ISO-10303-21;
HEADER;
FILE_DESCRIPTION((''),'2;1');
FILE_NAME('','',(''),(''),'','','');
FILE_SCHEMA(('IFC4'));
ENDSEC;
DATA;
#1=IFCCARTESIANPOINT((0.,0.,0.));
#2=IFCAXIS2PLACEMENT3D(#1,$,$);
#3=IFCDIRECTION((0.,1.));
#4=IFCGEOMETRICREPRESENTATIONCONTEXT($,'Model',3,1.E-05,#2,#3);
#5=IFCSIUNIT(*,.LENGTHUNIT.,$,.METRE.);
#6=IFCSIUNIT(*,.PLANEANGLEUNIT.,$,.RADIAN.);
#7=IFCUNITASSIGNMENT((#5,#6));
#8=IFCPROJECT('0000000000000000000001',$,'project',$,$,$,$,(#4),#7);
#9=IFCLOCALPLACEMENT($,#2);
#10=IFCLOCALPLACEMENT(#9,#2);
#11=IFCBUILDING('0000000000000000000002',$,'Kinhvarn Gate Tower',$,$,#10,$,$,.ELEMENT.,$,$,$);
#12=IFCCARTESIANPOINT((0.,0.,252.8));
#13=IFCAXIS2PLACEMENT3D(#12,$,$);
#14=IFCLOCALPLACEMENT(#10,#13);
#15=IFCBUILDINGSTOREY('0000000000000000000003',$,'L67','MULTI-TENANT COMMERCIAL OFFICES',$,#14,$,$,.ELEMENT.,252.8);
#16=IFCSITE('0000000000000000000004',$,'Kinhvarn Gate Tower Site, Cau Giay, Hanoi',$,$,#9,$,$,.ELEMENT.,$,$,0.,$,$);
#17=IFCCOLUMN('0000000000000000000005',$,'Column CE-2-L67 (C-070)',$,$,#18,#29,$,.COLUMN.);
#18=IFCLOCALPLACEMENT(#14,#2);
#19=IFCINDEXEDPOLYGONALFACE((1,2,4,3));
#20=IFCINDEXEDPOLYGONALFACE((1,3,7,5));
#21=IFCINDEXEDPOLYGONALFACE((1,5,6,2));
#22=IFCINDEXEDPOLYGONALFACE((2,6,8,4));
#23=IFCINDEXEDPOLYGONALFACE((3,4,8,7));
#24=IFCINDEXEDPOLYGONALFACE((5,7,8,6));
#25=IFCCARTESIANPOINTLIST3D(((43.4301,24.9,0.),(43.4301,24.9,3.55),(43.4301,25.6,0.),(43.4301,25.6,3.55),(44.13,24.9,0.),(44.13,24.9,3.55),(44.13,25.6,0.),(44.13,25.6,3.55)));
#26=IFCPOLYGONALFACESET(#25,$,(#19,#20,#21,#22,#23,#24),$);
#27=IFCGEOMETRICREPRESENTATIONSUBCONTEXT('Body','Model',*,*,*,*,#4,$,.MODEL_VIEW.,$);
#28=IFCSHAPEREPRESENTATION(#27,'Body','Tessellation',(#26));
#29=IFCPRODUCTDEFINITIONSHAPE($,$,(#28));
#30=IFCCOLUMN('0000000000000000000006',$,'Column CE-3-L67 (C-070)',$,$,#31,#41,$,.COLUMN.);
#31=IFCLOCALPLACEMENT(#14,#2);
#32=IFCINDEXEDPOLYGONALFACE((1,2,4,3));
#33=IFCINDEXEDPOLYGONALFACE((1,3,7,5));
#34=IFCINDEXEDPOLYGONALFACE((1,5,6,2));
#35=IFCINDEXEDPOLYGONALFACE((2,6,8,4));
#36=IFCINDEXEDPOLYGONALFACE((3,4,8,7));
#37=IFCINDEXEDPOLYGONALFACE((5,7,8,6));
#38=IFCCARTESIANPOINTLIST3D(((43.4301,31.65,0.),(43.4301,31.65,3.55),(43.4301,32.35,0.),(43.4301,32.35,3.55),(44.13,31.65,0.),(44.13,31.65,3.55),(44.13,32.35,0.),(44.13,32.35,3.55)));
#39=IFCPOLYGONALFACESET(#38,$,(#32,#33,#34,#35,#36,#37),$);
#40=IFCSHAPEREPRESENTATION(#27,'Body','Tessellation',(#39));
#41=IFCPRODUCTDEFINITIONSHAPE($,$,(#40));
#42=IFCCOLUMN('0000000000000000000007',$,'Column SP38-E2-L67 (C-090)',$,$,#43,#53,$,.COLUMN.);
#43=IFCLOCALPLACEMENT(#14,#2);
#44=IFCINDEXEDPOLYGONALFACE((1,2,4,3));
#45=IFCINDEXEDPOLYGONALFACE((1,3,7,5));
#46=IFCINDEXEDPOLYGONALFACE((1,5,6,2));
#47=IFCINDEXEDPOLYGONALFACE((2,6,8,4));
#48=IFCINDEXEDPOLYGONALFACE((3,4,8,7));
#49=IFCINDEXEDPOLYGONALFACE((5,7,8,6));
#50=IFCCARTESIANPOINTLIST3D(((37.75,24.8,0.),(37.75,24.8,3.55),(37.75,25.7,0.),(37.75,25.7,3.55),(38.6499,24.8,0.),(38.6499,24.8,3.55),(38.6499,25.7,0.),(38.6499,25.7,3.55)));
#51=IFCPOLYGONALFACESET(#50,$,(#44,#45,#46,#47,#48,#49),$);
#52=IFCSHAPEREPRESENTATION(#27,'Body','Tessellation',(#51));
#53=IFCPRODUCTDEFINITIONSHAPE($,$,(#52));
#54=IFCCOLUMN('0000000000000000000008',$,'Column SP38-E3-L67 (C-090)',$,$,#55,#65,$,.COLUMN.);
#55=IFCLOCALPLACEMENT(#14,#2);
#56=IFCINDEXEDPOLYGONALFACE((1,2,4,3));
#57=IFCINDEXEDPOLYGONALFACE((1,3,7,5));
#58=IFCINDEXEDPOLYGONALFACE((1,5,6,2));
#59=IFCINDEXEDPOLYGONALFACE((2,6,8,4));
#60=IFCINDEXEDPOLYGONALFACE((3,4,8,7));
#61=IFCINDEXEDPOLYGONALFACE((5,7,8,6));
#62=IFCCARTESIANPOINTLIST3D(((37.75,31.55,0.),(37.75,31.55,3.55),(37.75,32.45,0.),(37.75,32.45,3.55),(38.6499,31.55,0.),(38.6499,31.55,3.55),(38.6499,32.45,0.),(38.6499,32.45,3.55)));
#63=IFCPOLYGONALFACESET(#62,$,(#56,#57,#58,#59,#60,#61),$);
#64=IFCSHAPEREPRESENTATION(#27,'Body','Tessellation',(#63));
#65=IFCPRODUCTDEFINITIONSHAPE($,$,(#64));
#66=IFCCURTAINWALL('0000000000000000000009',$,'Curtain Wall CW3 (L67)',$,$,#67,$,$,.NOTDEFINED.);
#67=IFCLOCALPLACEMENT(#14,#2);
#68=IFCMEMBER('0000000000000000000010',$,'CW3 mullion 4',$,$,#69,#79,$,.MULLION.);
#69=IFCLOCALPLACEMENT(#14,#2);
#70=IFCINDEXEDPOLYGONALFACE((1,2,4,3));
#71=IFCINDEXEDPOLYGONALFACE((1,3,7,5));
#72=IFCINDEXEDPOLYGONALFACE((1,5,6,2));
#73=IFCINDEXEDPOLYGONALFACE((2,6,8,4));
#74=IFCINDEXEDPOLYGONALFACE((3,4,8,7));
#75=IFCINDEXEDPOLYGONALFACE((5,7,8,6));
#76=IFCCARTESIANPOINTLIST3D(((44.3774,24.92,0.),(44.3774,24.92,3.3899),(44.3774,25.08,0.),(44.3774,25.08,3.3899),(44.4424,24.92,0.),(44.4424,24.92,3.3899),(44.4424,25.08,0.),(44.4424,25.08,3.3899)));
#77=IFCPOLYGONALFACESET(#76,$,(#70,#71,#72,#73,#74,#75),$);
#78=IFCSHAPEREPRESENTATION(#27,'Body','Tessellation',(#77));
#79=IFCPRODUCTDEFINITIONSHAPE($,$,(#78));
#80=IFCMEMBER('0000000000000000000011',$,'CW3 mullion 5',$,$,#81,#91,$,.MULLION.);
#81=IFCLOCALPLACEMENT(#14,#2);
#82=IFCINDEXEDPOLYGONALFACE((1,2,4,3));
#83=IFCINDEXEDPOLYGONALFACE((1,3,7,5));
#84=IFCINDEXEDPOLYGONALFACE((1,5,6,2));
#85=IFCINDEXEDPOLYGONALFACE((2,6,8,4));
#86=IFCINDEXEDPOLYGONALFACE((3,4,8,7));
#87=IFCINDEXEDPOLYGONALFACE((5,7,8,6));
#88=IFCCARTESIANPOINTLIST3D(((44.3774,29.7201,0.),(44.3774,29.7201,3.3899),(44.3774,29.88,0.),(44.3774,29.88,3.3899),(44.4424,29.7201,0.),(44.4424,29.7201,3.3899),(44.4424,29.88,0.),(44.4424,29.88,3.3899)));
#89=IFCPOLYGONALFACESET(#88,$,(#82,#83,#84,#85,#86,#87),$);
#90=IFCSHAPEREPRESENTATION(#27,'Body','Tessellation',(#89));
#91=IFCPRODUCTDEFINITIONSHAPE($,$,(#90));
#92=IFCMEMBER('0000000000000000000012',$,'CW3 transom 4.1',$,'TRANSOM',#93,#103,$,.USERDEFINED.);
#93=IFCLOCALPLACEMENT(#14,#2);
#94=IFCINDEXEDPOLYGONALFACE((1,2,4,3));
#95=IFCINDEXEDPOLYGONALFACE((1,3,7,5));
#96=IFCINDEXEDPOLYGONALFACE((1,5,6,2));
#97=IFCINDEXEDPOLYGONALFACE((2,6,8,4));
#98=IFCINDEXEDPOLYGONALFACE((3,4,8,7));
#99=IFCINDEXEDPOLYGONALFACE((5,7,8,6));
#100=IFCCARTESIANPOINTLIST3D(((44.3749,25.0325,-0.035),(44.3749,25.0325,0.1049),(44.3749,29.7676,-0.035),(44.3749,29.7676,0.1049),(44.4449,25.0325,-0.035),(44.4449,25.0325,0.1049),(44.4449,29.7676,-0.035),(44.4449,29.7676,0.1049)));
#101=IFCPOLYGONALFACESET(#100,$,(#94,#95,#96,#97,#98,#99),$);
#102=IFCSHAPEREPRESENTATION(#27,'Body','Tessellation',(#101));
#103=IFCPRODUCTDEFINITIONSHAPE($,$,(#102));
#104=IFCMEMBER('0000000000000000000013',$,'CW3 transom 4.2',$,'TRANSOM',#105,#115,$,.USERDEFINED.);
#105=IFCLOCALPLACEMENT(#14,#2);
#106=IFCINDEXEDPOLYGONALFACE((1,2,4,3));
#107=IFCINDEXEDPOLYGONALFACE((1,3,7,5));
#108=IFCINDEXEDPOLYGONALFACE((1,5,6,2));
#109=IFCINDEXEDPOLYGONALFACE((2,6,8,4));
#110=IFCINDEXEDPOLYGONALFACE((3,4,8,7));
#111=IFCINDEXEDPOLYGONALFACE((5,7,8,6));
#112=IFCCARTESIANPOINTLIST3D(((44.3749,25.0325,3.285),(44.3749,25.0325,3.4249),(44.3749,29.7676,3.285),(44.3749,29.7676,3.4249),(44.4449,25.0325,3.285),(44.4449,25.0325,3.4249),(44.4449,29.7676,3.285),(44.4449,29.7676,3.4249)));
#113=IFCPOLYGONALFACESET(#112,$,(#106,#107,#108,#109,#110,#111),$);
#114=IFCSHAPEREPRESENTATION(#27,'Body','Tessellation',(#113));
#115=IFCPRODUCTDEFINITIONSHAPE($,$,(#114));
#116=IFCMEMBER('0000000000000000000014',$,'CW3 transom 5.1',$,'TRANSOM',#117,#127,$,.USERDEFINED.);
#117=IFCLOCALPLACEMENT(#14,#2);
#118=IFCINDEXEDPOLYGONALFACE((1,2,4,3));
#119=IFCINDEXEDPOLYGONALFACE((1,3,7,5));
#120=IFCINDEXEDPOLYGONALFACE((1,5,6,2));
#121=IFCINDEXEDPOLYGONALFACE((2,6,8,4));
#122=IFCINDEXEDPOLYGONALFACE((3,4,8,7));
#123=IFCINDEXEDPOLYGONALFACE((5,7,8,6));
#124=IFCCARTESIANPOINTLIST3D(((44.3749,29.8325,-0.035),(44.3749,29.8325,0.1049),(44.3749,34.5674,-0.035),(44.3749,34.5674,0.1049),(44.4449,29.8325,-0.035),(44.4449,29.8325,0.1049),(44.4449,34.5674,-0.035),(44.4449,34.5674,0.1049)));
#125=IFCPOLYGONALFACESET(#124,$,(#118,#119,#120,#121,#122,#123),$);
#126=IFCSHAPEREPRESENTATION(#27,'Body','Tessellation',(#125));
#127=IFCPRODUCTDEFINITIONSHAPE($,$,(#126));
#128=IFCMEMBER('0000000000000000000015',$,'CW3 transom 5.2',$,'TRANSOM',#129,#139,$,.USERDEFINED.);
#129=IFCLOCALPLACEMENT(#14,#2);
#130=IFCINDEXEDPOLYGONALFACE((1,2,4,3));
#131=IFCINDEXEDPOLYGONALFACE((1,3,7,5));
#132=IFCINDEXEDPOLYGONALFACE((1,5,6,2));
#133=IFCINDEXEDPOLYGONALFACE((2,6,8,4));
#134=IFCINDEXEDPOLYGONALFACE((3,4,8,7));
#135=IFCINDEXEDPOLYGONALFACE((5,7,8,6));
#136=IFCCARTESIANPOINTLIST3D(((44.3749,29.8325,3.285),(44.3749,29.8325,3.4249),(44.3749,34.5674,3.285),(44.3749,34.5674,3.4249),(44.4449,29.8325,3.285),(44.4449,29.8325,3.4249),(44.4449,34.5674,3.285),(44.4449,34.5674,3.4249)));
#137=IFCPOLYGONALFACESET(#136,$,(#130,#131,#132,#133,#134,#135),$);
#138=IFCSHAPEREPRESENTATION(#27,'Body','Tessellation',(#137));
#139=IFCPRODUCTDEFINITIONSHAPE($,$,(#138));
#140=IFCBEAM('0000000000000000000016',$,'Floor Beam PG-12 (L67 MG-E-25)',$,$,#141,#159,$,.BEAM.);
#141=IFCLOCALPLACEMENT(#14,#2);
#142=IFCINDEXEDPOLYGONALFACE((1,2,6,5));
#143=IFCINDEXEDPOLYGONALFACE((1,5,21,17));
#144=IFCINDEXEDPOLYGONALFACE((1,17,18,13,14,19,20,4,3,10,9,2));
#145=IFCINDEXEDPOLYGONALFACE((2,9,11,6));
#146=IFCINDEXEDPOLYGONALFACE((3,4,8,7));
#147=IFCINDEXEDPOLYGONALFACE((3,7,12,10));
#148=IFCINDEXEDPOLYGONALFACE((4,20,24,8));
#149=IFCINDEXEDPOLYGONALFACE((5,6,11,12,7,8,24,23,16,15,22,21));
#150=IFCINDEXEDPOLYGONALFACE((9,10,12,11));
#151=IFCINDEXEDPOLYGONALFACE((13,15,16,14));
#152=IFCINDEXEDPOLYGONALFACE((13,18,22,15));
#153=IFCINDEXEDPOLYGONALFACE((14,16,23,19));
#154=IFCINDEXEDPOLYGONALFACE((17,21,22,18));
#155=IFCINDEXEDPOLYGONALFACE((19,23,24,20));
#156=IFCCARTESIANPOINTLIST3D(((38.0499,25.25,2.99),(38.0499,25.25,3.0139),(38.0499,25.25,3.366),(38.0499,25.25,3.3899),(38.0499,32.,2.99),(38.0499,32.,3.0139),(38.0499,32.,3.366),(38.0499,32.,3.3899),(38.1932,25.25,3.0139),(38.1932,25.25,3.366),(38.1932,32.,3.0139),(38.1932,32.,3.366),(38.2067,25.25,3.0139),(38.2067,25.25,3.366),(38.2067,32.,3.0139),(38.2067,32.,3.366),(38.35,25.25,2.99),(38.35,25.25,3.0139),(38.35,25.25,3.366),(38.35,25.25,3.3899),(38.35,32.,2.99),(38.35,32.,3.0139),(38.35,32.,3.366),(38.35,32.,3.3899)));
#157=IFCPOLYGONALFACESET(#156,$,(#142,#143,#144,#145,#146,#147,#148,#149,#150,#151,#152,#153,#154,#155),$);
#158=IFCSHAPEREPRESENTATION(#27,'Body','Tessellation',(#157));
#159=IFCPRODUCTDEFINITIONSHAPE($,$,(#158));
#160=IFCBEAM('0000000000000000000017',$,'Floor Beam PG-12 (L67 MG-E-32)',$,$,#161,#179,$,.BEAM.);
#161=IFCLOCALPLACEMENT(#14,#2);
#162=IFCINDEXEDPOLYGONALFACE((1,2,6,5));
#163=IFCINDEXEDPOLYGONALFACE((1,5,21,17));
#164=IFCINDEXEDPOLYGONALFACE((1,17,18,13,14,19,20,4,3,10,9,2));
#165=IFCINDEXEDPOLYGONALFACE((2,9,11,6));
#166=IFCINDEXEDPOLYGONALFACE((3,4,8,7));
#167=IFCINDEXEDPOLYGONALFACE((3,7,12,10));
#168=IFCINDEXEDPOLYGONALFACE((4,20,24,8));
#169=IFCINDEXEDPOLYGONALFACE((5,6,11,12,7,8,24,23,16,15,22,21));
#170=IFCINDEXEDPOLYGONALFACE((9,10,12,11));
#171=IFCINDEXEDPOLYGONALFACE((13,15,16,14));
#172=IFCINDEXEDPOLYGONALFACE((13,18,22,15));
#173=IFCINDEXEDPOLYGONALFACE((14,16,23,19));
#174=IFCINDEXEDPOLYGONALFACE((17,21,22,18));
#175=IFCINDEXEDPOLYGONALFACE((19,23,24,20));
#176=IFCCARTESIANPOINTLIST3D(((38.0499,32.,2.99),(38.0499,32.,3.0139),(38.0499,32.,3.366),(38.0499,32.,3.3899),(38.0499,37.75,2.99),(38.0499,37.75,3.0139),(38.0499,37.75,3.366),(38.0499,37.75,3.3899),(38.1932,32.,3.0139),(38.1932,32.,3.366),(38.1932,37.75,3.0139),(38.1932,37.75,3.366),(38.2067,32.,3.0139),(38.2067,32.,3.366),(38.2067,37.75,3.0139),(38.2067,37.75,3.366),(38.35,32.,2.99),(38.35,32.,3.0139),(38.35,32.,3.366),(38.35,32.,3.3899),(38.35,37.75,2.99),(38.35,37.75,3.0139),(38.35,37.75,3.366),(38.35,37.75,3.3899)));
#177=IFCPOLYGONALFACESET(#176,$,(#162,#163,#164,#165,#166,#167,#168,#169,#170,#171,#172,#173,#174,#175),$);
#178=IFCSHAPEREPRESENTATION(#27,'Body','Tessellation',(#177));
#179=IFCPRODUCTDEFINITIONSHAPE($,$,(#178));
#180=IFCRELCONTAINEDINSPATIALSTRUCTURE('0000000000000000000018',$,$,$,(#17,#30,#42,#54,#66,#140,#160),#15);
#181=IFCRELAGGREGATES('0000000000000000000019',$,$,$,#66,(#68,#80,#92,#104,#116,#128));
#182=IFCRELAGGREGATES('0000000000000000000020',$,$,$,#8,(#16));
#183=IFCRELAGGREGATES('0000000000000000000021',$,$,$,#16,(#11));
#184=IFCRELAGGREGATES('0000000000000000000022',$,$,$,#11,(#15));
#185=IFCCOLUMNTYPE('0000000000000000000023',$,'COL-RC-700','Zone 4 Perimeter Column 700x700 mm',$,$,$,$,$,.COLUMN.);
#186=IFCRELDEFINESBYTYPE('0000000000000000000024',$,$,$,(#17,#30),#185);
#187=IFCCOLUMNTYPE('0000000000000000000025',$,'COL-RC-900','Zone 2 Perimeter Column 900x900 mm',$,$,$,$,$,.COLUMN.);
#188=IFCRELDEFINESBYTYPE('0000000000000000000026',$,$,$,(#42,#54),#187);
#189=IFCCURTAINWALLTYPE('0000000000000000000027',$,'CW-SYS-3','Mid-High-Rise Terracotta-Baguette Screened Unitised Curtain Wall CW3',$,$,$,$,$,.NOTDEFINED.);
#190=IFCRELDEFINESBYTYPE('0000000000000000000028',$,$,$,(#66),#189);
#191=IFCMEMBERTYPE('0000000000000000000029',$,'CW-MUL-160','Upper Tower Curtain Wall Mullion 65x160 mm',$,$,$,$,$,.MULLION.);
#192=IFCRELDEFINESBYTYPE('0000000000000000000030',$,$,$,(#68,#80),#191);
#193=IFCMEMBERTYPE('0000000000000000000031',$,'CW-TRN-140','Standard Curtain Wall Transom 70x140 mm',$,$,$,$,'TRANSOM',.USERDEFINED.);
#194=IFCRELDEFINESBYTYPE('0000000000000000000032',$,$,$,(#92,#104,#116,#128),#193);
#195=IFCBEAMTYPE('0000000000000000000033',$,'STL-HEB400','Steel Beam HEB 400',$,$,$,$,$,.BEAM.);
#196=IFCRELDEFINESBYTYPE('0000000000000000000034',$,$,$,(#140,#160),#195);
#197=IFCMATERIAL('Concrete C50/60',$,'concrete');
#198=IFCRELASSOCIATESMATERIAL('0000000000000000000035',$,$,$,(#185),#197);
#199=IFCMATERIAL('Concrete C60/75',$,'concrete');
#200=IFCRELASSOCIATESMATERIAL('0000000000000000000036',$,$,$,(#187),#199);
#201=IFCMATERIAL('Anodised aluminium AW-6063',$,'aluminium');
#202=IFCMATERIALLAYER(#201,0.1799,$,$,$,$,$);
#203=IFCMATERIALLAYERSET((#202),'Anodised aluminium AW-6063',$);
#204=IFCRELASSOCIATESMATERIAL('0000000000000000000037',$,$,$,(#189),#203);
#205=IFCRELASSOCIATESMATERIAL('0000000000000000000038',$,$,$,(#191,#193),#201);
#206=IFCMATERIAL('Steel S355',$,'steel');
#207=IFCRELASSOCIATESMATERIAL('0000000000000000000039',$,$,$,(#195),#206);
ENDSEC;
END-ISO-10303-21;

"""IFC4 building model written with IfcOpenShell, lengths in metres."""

from ifc_helpers import new_model, si_unit, direction, frame, origin, origin_2d, place, context, subcontext, project, spatial, rectangle, i_section, extrude, material, layer, layer_set, material_profile, profile_set, type_object, element, aggregate, save


model = new_model("IFC4")

# Units and contexts
model_context = context("Model", 3, precision=1e-05, world=origin(), true_north=direction((0.0, 1.0)))
body_context = subcontext(model_context, "Body", "Model", "MODEL_VIEW")
ifc_project = project(units=[si_unit("LENGTHUNIT", "METRE"), si_unit("PLANEANGLEUNIT", "RADIAN")], contexts=[model_context])

# Site, building, storey
site_placement = place(None, origin())
site = spatial("IfcSite", under=ifc_project, at=site_placement, Name="Kinhvarn Gate Tower Site, Cau Giay, Hanoi", CompositionType="ELEMENT", RefElevation=0.0)
building_placement = place(site_placement, origin())
building = spatial("IfcBuilding", under=site, at=building_placement, Name="Kinhvarn Gate Tower", CompositionType="ELEMENT")
storey_placement = place(building_placement, frame((0.0, 0.0, 252.8)))
storey = spatial("IfcBuildingStorey", under=building, at=storey_placement, Name="L67", Description="MULTI-TENANT COMMERCIAL OFFICES", CompositionType="ELEMENT", Elevation=252.8)

# Columns
ifc_material_1 = material(Name="Concrete C50/60", Category="concrete")
ifc_material_profile_1 = material_profile(ifc_material_1, rectangle(XDim=0.7, YDim=0.7, at=origin_2d()), Name="RC 700x700")
ifc_profile_set_1 = profile_set([ifc_material_profile_1], Name="Concrete C50/60")
column_type_1 = type_object("IfcColumnType", Name="COL-RC-700", Description="Zone 4 Perimeter Column 700x700 mm", PredefinedType="COLUMN", material=ifc_profile_set_1)
for number, where, z_axis, x_axis, name in (
    (1, (43.78, 25.25, 0.0), (0.0, 0.0, 1.0), (1.0, 0.0, 0.0), "Column CE-2-L67 (C-070)"),
    (2, (43.78, 32.0, 0.0), (0.0, 0.0, 1.0), (1.0, 0.0, 0.0), "Column CE-3-L67 (C-070)"),
):
    element("IfcColumn", number, at=place(storey_placement, frame(where, z_axis=z_axis, x_axis=x_axis)), inside=storey, type_object=column_type_1, Name=name, PredefinedType="COLUMN", context=body_context, shape_type="SweptSolid", body=[
        extrude(rectangle(XDim=0.7, YDim=0.7, at=origin_2d()), origin(), (0.0, 0.0, 1.0), 3.55),
    ])
ifc_material_2 = material(Name="Concrete C60/75", Category="concrete")
ifc_material_profile_2 = material_profile(ifc_material_2, rectangle(XDim=0.8999, YDim=0.8999, at=origin_2d()), Name="RC 900x900")
ifc_profile_set_2 = profile_set([ifc_material_profile_2], Name="Concrete C60/75")
column_type_2 = type_object("IfcColumnType", Name="COL-RC-900", Description="Zone 2 Perimeter Column 900x900 mm", PredefinedType="COLUMN", material=ifc_profile_set_2)
for number, where, z_axis, x_axis, name in (
    (3, (38.2, 25.25, 0.0), (0.0, 0.0, 1.0), (1.0, 0.0, 0.0), "Column SP38-E2-L67 (C-090)"),
    (4, (38.2, 32.0, 0.0), (0.0, 0.0, 1.0), (1.0, 0.0, 0.0), "Column SP38-E3-L67 (C-090)"),
):
    element("IfcColumn", number, at=place(storey_placement, frame(where, z_axis=z_axis, x_axis=x_axis)), inside=storey, type_object=column_type_2, Name=name, PredefinedType="COLUMN", context=body_context, shape_type="SweptSolid", body=[
        extrude(rectangle(XDim=0.8999, YDim=0.8999, at=origin_2d()), origin(), (0.0, 0.0, 1.0), 3.55),
    ])

# Curtain wall, members
ifc_material_3 = material(Name="Anodised aluminium AW-6063", Category="aluminium")
ifc_layer_1 = layer(ifc_material_3, 0.1799)
ifc_layer_set_1 = layer_set([ifc_layer_1], Name="Anodised aluminium AW-6063")
curtain_wall_type = type_object("IfcCurtainWallType", Name="CW-SYS-3", Description="Mid-High-Rise Terracotta-Baguette Screened Unitised Curtain Wall CW3", PredefinedType="NOTDEFINED", material=ifc_layer_set_1)
curtain_wall_placement = place(storey_placement, origin())
curtain_wall = element("IfcCurtainWall", 5, at=curtain_wall_placement, inside=storey, type_object=curtain_wall_type, Name="Curtain Wall CW3 (L67)", PredefinedType="NOTDEFINED")
ifc_material_profile_3 = material_profile(ifc_material_3, rectangle(XDim=0.0649, YDim=0.1599, at=origin_2d()), Name="ALU 65x160")
ifc_profile_set_3 = profile_set([ifc_material_profile_3], Name="Anodised aluminium AW-6063")
member_type_1 = type_object("IfcMemberType", Name="CW-MUL-160", Description="Upper Tower Curtain Wall Mullion 65x160 mm", PredefinedType="MULLION", material=ifc_profile_set_3)
member_1_placement = place(storey_placement, frame((44.4099, 25.0, 0.0), z_axis=(0.0, 0.0, 1.0), x_axis=(-1.0, 0.0, 0.0)))
member_1 = element("IfcMember", 6, at=member_1_placement, type_object=member_type_1, Name="CW3 mullion 4", PredefinedType="MULLION", context=body_context, shape_type="SweptSolid", body=[
    extrude(rectangle(XDim=0.0649, YDim=0.1599, at=origin_2d()), origin(), (0.0, 0.0, 1.0), 3.3899),
])
member_2_placement = place(storey_placement, frame((44.4099, 29.8, 0.0), z_axis=(0.0, 0.0, 1.0), x_axis=(-1.0, 0.0, 0.0)))
member_2 = element("IfcMember", 7, at=member_2_placement, type_object=member_type_1, Name="CW3 mullion 5", PredefinedType="MULLION", context=body_context, shape_type="SweptSolid", body=[
    extrude(rectangle(XDim=0.0649, YDim=0.1599, at=origin_2d()), origin(), (0.0, 0.0, 1.0), 3.3899),
])
ifc_material_profile_4 = material_profile(ifc_material_3, rectangle(XDim=0.0701, YDim=0.1399, at=origin_2d()), Name="ALU 70x140")
ifc_profile_set_4 = profile_set([ifc_material_profile_4], Name="Anodised aluminium AW-6063")
member_type_2 = type_object("IfcMemberType", Name="CW-TRN-140", Description="Standard Curtain Wall Transom 70x140 mm", ElementType="TRANSOM", PredefinedType="USERDEFINED", material=ifc_profile_set_4)
member_3_placement = place(storey_placement, frame((44.4099, 25.0325, 0.0349), z_axis=(0.0, 1.0, 0.0), x_axis=(-1.0, 0.0, 0.0)))
member_3 = element("IfcMember", 8, at=member_3_placement, type_object=member_type_2, Name="CW3 transom 4.1", ObjectType="TRANSOM", PredefinedType="USERDEFINED", context=body_context, shape_type="SweptSolid", body=[
    extrude(rectangle(XDim=0.0701, YDim=0.1399, at=origin_2d()), origin(), (0.0, 0.0, 1.0), 4.7351),
])
member_4_placement = place(storey_placement, frame((44.4099, 25.0325, 3.355), z_axis=(0.0, 1.0, 0.0), x_axis=(-1.0, 0.0, 0.0)))
member_4 = element("IfcMember", 9, at=member_4_placement, type_object=member_type_2, Name="CW3 transom 4.2", ObjectType="TRANSOM", PredefinedType="USERDEFINED", context=body_context, shape_type="SweptSolid", body=[
    extrude(rectangle(XDim=0.0701, YDim=0.1399, at=origin_2d()), origin(), (0.0, 0.0, 1.0), 4.7351),
])
member_5_placement = place(storey_placement, frame((44.4099, 29.8325, 0.0349), z_axis=(0.0, 1.0, 0.0), x_axis=(-1.0, 0.0, 0.0)))
member_5 = element("IfcMember", 10, at=member_5_placement, type_object=member_type_2, Name="CW3 transom 5.1", ObjectType="TRANSOM", PredefinedType="USERDEFINED", context=body_context, shape_type="SweptSolid", body=[
    extrude(rectangle(XDim=0.0701, YDim=0.1399, at=origin_2d()), origin(), (0.0, 0.0, 1.0), 4.7349),
])
member_6_placement = place(storey_placement, frame((44.4099, 29.8325, 3.355), z_axis=(0.0, 1.0, 0.0), x_axis=(-1.0, 0.0, 0.0)))
member_6 = element("IfcMember", 11, at=member_6_placement, type_object=member_type_2, Name="CW3 transom 5.2", ObjectType="TRANSOM", PredefinedType="USERDEFINED", context=body_context, shape_type="SweptSolid", body=[
    extrude(rectangle(XDim=0.0701, YDim=0.1399, at=origin_2d()), origin(), (0.0, 0.0, 1.0), 4.7349),
])

# Beams
ifc_material_4 = material(Name="Steel S355", Category="steel")
ifc_material_profile_5 = material_profile(ifc_material_4, i_section(OverallWidth=0.3, OverallDepth=0.3999, WebThickness=0.0134, FlangeThickness=0.0239, at=origin_2d()), Name="HEB 400")
ifc_profile_set_5 = profile_set([ifc_material_profile_5], Name="Steel S355")
beam_type_1 = type_object("IfcBeamType", Name="STL-HEB400", Description="Steel Beam HEB 400", PredefinedType="BEAM", material=ifc_profile_set_5)
beam_1_placement = place(storey_placement, frame((38.2, 25.25, 3.1899), z_axis=(0.0, 1.0, 0.0), x_axis=(-1.0, 0.0, 0.0)))
element("IfcBeam", 12, at=beam_1_placement, inside=storey, type_object=beam_type_1, Name="Floor Beam PG-12 (L67 MG-E-25)", PredefinedType="BEAM", context=body_context, shape_type="SweptSolid", body=[
    extrude(i_section(OverallWidth=0.3, OverallDepth=0.3999, WebThickness=0.0134, FlangeThickness=0.0239, at=origin_2d()), origin(), (0.0, 0.0, 1.0), 6.75),
])
beam_2_placement = place(storey_placement, frame((38.2, 32.0, 3.1899), z_axis=(0.0, 1.0, 0.0), x_axis=(-1.0, 0.0, 0.0)))
element("IfcBeam", 13, at=beam_2_placement, inside=storey, type_object=beam_type_1, Name="Floor Beam PG-12 (L67 MG-E-32)", PredefinedType="BEAM", context=body_context, shape_type="SweptSolid", body=[
    extrude(i_section(OverallWidth=0.3, OverallDepth=0.3999, WebThickness=0.0134, FlangeThickness=0.0239, at=origin_2d()), origin(), (0.0, 0.0, 1.0), 5.75),
])

aggregate(curtain_wall, [member_1, member_2, member_3, member_4, member_5, member_6])

save(model, "model.ifc")
